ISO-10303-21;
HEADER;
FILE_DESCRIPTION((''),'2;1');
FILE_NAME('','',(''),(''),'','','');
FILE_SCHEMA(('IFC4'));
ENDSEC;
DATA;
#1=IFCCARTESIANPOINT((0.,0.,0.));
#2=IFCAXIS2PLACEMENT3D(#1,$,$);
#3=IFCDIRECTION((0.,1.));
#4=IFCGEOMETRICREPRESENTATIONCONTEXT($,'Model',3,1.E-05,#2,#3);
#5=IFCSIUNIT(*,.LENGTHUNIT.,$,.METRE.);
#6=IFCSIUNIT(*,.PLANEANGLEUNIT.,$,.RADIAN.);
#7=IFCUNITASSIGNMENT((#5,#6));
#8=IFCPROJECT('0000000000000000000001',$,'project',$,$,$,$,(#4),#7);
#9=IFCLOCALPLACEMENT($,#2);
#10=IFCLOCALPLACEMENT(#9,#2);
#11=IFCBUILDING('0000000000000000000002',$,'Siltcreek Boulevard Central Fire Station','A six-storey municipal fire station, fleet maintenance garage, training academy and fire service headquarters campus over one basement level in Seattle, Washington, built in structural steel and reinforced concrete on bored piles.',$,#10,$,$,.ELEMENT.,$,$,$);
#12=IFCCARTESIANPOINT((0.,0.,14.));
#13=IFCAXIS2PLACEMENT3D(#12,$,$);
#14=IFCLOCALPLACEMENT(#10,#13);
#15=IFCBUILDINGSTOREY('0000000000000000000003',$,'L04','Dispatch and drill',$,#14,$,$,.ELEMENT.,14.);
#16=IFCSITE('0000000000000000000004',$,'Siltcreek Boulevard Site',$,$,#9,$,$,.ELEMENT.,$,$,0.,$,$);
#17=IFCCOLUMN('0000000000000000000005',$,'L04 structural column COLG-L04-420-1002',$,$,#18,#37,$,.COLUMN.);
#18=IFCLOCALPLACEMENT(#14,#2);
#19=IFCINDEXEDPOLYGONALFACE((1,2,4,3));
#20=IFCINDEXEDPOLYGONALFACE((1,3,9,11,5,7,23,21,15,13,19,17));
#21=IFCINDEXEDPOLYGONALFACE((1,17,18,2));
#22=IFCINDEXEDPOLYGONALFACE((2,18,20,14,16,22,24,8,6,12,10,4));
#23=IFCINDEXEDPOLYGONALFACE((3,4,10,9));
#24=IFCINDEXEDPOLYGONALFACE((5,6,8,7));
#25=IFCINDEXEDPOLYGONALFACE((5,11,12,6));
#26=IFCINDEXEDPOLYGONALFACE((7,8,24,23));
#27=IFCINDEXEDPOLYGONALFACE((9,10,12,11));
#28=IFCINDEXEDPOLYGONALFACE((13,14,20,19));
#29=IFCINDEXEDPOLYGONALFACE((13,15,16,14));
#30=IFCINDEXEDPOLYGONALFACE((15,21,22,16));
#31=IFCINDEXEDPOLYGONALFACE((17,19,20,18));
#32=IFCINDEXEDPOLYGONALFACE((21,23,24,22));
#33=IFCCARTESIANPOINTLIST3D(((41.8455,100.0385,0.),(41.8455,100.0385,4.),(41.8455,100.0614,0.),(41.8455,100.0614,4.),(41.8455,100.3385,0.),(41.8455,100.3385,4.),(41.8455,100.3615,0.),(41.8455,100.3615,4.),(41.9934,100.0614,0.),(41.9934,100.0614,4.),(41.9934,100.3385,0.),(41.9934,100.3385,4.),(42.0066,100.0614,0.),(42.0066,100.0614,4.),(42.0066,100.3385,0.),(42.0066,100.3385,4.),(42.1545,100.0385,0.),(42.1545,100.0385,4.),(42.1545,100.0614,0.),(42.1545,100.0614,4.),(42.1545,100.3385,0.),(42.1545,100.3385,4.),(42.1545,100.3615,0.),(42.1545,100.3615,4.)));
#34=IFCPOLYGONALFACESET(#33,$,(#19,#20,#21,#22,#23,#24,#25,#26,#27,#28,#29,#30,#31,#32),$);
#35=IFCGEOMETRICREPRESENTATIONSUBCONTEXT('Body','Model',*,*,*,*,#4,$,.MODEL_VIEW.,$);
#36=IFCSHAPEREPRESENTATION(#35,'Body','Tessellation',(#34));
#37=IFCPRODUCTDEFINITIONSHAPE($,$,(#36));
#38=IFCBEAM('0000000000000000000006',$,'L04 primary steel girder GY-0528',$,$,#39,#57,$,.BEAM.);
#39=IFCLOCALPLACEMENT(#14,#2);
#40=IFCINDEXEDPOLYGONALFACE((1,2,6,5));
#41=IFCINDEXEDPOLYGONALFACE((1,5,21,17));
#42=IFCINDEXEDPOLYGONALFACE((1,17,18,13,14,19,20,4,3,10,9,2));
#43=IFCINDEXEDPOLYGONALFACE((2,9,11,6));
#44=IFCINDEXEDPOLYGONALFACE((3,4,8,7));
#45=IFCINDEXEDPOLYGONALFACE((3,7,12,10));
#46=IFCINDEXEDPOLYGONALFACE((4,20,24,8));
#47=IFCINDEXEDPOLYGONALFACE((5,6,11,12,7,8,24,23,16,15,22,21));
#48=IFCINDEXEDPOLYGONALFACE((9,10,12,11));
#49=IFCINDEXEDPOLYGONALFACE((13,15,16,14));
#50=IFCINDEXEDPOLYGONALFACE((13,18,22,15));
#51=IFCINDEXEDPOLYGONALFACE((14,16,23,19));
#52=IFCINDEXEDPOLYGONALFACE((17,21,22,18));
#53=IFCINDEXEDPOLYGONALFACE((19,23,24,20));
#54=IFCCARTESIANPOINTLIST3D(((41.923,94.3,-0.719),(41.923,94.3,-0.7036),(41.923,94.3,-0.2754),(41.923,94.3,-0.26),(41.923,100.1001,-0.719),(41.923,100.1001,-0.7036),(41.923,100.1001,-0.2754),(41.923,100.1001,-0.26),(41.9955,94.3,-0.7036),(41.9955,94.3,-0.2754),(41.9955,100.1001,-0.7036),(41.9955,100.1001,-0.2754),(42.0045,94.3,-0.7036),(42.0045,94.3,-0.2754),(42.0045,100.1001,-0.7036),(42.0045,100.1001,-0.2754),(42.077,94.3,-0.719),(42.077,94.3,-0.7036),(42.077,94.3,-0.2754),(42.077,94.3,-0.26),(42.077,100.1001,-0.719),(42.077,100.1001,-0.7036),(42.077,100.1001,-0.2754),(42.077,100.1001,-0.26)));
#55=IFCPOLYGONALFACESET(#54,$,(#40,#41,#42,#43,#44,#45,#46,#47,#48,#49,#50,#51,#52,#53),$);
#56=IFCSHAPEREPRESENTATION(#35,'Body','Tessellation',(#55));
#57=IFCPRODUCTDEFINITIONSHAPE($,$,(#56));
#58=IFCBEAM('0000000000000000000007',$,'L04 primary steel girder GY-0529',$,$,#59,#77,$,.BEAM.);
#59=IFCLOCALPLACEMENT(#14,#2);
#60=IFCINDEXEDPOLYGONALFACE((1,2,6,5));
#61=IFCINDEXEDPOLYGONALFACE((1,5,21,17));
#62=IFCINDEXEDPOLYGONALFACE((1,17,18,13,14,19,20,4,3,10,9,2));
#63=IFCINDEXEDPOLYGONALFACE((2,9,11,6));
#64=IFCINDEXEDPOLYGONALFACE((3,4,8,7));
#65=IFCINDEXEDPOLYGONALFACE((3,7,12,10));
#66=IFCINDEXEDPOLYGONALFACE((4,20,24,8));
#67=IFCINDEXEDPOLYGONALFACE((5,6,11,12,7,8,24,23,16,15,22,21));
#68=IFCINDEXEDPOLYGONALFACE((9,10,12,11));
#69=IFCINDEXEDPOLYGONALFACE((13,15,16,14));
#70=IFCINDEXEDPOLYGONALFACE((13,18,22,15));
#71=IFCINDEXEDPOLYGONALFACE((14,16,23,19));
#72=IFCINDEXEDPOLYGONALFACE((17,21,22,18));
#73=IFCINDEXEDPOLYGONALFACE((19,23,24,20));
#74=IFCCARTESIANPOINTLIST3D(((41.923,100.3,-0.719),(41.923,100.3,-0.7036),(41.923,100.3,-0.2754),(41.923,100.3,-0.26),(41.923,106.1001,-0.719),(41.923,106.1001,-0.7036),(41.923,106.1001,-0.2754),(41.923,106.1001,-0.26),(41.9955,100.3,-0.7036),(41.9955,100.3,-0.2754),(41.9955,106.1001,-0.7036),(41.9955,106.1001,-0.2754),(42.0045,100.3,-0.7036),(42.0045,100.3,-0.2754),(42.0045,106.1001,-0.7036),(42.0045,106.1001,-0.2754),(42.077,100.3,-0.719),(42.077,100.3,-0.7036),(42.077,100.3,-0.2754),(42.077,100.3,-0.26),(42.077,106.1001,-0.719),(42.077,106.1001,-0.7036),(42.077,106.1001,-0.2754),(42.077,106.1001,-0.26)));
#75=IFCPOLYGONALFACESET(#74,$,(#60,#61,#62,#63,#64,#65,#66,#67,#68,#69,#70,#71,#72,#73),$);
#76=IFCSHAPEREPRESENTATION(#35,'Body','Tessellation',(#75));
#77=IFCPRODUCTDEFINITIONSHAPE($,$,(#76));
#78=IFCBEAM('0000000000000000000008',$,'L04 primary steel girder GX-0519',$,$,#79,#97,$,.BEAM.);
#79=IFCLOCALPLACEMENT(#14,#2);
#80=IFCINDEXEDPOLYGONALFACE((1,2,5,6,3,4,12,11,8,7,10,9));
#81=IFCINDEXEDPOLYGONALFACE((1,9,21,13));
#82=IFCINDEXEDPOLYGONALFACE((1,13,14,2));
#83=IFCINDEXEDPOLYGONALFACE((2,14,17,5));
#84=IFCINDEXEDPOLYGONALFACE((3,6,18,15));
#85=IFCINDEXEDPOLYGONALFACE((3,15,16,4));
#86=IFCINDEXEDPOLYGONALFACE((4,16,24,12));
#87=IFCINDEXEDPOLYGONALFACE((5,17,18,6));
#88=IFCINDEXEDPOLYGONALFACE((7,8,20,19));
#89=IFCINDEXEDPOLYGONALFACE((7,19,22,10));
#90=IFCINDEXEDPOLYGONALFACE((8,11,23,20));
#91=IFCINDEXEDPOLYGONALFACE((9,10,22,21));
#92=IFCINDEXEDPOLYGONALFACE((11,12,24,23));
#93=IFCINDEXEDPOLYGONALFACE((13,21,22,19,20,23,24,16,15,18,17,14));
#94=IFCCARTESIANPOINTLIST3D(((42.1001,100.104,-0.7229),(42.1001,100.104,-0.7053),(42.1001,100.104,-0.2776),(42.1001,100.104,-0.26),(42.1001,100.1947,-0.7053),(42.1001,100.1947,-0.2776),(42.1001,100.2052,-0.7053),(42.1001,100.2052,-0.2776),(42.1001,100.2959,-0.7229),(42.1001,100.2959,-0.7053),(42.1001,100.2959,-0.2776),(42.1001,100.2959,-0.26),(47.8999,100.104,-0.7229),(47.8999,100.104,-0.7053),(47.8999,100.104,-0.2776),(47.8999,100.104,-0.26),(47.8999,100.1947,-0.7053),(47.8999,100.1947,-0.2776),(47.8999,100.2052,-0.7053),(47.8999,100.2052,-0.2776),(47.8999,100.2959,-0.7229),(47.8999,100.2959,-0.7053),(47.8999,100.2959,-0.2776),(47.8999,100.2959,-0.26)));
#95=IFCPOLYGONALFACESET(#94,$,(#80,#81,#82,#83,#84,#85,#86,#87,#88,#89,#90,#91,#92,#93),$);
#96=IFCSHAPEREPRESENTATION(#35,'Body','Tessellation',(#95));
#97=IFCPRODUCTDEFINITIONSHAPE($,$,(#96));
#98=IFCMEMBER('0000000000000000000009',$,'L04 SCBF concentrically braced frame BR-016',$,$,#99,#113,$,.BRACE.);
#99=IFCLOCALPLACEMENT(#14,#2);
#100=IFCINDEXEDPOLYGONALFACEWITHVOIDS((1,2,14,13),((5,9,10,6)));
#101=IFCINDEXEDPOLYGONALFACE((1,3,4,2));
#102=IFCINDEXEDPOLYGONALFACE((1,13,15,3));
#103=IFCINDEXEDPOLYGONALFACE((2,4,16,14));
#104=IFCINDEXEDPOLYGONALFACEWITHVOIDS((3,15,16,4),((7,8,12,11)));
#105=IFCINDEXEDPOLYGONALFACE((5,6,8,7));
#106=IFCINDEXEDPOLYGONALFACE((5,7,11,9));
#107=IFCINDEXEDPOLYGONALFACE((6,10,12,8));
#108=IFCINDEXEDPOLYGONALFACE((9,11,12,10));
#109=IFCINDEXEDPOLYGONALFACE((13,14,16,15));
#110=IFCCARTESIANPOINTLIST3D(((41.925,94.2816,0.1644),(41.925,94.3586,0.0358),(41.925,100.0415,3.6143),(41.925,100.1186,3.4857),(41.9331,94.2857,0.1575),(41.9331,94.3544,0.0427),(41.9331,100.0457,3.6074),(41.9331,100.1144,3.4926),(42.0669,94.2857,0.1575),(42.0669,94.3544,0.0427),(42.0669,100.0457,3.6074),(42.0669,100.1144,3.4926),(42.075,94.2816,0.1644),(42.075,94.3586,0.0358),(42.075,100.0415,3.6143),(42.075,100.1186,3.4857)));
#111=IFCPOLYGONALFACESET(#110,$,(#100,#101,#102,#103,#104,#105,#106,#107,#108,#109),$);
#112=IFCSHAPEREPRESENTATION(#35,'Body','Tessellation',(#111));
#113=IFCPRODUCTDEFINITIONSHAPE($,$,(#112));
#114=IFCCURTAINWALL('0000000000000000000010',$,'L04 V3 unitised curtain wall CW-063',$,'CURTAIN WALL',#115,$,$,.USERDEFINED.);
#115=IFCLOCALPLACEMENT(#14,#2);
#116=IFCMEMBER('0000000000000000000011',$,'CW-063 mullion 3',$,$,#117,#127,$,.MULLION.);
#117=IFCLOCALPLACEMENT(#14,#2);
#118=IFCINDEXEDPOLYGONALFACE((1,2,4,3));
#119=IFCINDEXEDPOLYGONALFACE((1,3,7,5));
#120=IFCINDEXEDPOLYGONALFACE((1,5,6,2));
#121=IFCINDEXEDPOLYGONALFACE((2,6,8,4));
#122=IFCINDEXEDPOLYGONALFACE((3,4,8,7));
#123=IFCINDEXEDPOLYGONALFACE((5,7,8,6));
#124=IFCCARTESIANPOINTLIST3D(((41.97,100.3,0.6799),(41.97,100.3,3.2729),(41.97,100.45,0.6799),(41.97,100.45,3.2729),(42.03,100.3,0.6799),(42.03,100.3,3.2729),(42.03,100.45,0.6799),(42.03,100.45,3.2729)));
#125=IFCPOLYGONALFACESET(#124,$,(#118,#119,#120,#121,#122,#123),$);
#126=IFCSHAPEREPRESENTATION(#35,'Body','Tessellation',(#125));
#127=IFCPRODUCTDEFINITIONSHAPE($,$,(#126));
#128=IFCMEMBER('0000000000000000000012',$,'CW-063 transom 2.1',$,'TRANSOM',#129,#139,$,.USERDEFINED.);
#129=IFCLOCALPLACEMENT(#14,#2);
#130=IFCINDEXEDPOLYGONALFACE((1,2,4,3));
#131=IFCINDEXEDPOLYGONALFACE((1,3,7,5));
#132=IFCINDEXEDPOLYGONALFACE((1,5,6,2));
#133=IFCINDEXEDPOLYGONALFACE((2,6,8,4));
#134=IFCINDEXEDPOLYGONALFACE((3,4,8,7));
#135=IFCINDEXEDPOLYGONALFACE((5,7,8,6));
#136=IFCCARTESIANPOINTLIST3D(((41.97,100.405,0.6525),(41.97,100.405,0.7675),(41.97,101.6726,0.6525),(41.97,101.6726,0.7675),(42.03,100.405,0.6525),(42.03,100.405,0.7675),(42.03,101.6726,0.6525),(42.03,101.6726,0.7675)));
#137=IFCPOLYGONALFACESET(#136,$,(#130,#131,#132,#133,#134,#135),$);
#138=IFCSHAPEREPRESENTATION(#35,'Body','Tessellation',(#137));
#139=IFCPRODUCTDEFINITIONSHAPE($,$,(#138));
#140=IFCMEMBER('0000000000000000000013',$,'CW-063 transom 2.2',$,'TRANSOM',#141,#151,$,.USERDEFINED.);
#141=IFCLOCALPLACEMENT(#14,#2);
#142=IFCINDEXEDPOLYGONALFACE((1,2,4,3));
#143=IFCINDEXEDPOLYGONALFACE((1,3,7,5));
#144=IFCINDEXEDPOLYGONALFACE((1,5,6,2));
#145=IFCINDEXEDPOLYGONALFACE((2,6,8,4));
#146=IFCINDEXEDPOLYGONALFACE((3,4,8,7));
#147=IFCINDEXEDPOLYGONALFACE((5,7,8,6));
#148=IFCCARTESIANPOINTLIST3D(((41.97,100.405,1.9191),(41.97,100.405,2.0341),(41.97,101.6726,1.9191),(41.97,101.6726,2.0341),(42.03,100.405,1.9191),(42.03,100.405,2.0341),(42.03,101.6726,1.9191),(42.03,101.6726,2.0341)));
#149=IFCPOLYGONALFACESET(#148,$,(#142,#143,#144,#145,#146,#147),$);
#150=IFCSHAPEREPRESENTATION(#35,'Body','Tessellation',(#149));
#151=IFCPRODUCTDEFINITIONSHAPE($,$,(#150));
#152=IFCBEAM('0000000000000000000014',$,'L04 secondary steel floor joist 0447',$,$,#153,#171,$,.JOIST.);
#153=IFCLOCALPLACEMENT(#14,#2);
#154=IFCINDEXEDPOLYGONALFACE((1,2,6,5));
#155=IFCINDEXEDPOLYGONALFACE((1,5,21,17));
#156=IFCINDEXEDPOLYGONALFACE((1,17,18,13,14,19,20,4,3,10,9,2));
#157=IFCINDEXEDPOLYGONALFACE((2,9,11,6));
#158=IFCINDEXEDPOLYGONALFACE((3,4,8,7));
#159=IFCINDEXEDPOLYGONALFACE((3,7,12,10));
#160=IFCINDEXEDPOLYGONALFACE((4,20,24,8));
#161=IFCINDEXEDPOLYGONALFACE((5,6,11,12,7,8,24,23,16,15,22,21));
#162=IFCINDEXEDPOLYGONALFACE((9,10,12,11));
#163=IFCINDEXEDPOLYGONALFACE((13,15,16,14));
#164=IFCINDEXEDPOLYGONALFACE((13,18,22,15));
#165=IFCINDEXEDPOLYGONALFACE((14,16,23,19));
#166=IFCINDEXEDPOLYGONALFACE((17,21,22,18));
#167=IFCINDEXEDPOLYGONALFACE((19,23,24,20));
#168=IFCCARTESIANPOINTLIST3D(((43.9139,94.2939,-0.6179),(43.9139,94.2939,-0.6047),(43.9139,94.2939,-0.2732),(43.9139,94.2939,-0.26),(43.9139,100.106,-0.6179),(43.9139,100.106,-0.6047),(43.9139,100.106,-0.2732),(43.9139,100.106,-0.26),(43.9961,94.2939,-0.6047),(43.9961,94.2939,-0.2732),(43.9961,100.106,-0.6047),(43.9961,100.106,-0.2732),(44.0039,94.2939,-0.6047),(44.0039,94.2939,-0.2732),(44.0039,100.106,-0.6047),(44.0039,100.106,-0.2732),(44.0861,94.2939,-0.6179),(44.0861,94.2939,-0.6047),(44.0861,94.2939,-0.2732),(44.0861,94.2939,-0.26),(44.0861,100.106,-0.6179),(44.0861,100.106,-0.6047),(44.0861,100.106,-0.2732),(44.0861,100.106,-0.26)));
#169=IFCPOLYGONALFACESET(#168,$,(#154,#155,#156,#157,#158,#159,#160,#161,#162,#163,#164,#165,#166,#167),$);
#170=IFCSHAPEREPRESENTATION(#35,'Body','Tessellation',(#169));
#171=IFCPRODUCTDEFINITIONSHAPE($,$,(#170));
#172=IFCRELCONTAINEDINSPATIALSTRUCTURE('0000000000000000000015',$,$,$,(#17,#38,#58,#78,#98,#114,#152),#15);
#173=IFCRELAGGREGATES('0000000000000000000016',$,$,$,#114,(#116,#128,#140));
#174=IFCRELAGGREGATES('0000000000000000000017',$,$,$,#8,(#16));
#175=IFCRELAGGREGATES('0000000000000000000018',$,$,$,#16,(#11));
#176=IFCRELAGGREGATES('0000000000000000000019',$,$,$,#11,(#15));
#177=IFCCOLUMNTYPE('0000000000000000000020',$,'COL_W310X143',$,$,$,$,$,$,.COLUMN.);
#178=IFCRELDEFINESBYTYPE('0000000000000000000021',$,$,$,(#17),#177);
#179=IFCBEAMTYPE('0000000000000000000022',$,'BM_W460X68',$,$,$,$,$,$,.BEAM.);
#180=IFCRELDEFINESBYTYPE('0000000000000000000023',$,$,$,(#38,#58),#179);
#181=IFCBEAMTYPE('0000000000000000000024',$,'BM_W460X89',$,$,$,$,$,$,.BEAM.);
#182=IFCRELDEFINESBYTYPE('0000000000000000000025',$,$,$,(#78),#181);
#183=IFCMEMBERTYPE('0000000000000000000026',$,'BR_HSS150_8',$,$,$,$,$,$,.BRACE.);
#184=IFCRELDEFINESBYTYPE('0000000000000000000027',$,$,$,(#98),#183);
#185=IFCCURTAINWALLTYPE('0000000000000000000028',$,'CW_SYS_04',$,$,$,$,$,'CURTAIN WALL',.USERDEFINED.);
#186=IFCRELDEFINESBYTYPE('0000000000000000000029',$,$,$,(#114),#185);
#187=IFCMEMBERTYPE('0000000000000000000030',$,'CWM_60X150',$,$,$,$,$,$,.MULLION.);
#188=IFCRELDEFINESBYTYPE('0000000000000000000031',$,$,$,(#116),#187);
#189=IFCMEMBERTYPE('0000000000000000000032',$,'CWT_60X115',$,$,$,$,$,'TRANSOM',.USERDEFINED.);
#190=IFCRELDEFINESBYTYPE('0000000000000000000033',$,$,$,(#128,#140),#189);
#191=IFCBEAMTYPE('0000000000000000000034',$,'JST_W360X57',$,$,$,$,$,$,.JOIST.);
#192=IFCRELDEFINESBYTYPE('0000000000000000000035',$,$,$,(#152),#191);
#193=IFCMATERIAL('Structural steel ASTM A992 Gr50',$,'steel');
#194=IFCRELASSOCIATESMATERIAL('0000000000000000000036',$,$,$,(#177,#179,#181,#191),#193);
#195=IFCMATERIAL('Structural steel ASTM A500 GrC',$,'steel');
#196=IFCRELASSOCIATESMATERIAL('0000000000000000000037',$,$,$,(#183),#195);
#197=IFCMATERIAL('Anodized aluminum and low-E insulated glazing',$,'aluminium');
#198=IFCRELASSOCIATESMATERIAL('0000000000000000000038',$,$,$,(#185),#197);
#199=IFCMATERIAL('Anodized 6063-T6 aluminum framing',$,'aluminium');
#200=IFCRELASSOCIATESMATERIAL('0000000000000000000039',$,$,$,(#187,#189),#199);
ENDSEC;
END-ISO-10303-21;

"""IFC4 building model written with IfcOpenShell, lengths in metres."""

from ifc_helpers import new_model, si_unit, direction, frame, origin, origin_2d, place, context, subcontext, project, spatial, rectangle, hollow_rectangle, i_section, extrude, material, material_profile, profile_set, type_object, element, aggregate, save


model = new_model("IFC4")

# Units and contexts
model_context = context("Model", 3, precision=1e-05, world=origin(), true_north=direction((0.0, 1.0)))
body_context = subcontext(model_context, "Body", "Model", "MODEL_VIEW")
ifc_project = project(units=[si_unit("LENGTHUNIT", "METRE"), si_unit("PLANEANGLEUNIT", "RADIAN")], contexts=[model_context])

# Site, building, storey
site_placement = place(None, origin())
site = spatial("IfcSite", under=ifc_project, at=site_placement, Name="Siltcreek Boulevard Site", CompositionType="ELEMENT", RefElevation=0.0)
building_placement = place(site_placement, origin())
building = spatial("IfcBuilding", under=site, at=building_placement, Name="Siltcreek Boulevard Central Fire Station", Description="A six-storey municipal fire station, fleet maintenance garage, training academy and fire service headquarters campus over one basement level in Seattle, Washington, built in structural steel and reinforced concrete on bored piles.", CompositionType="ELEMENT")
storey_placement = place(building_placement, frame((0.0, 0.0, 14.0)))
storey = spatial("IfcBuildingStorey", under=building, at=storey_placement, Name="L04", Description="Dispatch and drill", CompositionType="ELEMENT", Elevation=14.0)

# Column
ifc_material_1 = material(Name="Structural steel ASTM A992 Gr50", Category="steel")
ifc_material_profile_1 = material_profile(ifc_material_1, i_section(OverallWidth=0.3091, OverallDepth=0.323, WebThickness=0.0132, FlangeThickness=0.0229, at=origin_2d()), Name="W310X143")
ifc_profile_set_1 = profile_set([ifc_material_profile_1], Name="Structural steel ASTM A992 Gr50")
column_type = type_object("IfcColumnType", Name="COL_W310X143", PredefinedType="COLUMN", material=ifc_profile_set_1)
column_placement = place(storey_placement, frame((42.0, 100.2, 0.0), z_axis=(0.0, 0.0, 1.0), x_axis=(1.0, 0.0, 0.0)))
element("IfcColumn", 1, at=column_placement, inside=storey, type_object=column_type, Name="L04 structural column COLG-L04-420-1002", PredefinedType="COLUMN", context=body_context, shape_type="SweptSolid", body=[
    extrude(i_section(OverallWidth=0.3091, OverallDepth=0.323, WebThickness=0.0132, FlangeThickness=0.0229, at=origin_2d()), origin(), (0.0, 0.0, 1.0), 4.0),
])

# Beams
ifc_material_profile_2 = material_profile(ifc_material_1, i_section(OverallWidth=0.1541, OverallDepth=0.459, WebThickness=0.009, FlangeThickness=0.0154, at=origin_2d()), Name="W460X68")
ifc_profile_set_2 = profile_set([ifc_material_profile_2], Name="Structural steel ASTM A992 Gr50")
beam_type_1 = type_object("IfcBeamType", Name="BM_W460X68", PredefinedType="BEAM", material=ifc_profile_set_2)
for number, where, z_axis, x_axis, name in (
    (2, (42.0, 94.3, -0.4895), (0.0, 1.0, 0.0), (-1.0, 0.0, 0.0), "L04 primary steel girder GY-0528"),
    (3, (42.0, 100.3, -0.4895), (0.0, 1.0, 0.0), (-1.0, 0.0, 0.0), "L04 primary steel girder GY-0529"),
):
    element("IfcBeam", number, at=place(storey_placement, frame(where, z_axis=z_axis, x_axis=x_axis)), inside=storey, type_object=beam_type_1, Name=name, PredefinedType="BEAM", context=body_context, shape_type="SweptSolid", body=[
        extrude(i_section(OverallWidth=0.1541, OverallDepth=0.459, WebThickness=0.009, FlangeThickness=0.0154, at=origin_2d()), origin(), (0.0, 0.0, 1.0), 5.8),
    ])
ifc_material_profile_3 = material_profile(ifc_material_1, i_section(OverallWidth=0.1919, OverallDepth=0.4629, WebThickness=0.0105, FlangeThickness=0.0176, at=origin_2d()), Name="W460X89")
ifc_profile_set_3 = profile_set([ifc_material_profile_3], Name="Structural steel ASTM A992 Gr50")
beam_type_2 = type_object("IfcBeamType", Name="BM_W460X89", PredefinedType="BEAM", material=ifc_profile_set_3)
beam_1_placement = place(storey_placement, frame((42.1001, 100.2, -0.4915), z_axis=(1.0, 0.0, 0.0), x_axis=(0.0, 1.0, 0.0)))
element("IfcBeam", 4, at=beam_1_placement, inside=storey, type_object=beam_type_2, Name="L04 primary steel girder GX-0519", PredefinedType="BEAM", context=body_context, shape_type="SweptSolid", body=[
    extrude(i_section(OverallWidth=0.1919, OverallDepth=0.4629, WebThickness=0.0105, FlangeThickness=0.0176, at=origin_2d()), origin(), (0.0, 0.0, 1.0), 5.7998),
])

# Member
ifc_material_2 = material(Name="Structural steel ASTM A500 GrC", Category="steel")
ifc_material_profile_4 = material_profile(ifc_material_2, hollow_rectangle(XDim=0.1499, YDim=0.1499, WallThickness=0.0081, at=origin_2d()), Name="HSS150X150X8.0")
ifc_profile_set_4 = profile_set([ifc_material_profile_4], Name="Structural steel ASTM A500 GrC")
member_type_1 = type_object("IfcMemberType", Name="BR_HSS150_8", PredefinedType="BRACE", material=ifc_profile_set_4)
member_1_placement = place(storey_placement, frame((42.0, 94.3201, 0.1001), z_axis=(0.0, 0.857891, 0.513833), x_axis=(-1.0, 0.0, 0.0)))
element("IfcMember", 5, at=member_1_placement, inside=storey, type_object=member_type_1, Name="L04 SCBF concentrically braced frame BR-016", PredefinedType="BRACE", context=body_context, shape_type="SweptSolid", body=[
    extrude(hollow_rectangle(XDim=0.1499, YDim=0.1499, WallThickness=0.0081, at=origin_2d()), origin(), (0.0, 0.0, 1.0), 6.7141),
])

# Curtain wall, members
ifc_material_3 = material(Name="Anodized aluminum and low-E insulated glazing", Category="aluminium")
curtain_wall_type = type_object("IfcCurtainWallType", Name="CW_SYS_04", ElementType="CURTAIN WALL", PredefinedType="USERDEFINED", material=ifc_material_3)
curtain_wall_placement = place(storey_placement, origin())
curtain_wall = element("IfcCurtainWall", 6, at=curtain_wall_placement, inside=storey, type_object=curtain_wall_type, Name="L04 V3 unitised curtain wall CW-063", ObjectType="CURTAIN WALL", PredefinedType="USERDEFINED")
ifc_material_4 = material(Name="Anodized 6063-T6 aluminum framing", Category="aluminium")
ifc_material_profile_5 = material_profile(ifc_material_4, rectangle(XDim=0.0601, YDim=0.1499, at=origin_2d()), Name="MULL60X150")
ifc_profile_set_5 = profile_set([ifc_material_profile_5], Name="Anodized 6063-T6 aluminum framing")
member_type_2 = type_object("IfcMemberType", Name="CWM_60X150", PredefinedType="MULLION", material=ifc_profile_set_5)
member_2_placement = place(storey_placement, frame((42.0, 100.375, 0.6799), z_axis=(0.0, 0.0, 1.0), x_axis=(1.0, 0.0, 0.0)))
member_2 = element("IfcMember", 7, at=member_2_placement, type_object=member_type_2, Name="CW-063 mullion 3", PredefinedType="MULLION", context=body_context, shape_type="SweptSolid", body=[
    extrude(rectangle(XDim=0.0601, YDim=0.1499, at=origin_2d()), origin(), (0.0, 0.0, 1.0), 2.593),
])
ifc_material_profile_6 = material_profile(ifc_material_4, rectangle(XDim=0.0601, YDim=0.115, at=origin_2d()), Name="TRAN60X115")
ifc_profile_set_6 = profile_set([ifc_material_profile_6], Name="Anodized 6063-T6 aluminum framing")
member_type_3 = type_object("IfcMemberType", Name="CWT_60X115", ElementType="TRANSOM", PredefinedType="USERDEFINED", material=ifc_profile_set_6)
member_3_placement = place(storey_placement, frame((42.0, 101.6726, 0.71), z_axis=(0.0, -1.0, 0.0), x_axis=(1.0, 0.0, 0.0)))
member_3 = element("IfcMember", 8, at=member_3_placement, type_object=member_type_3, Name="CW-063 transom 2.1", ObjectType="TRANSOM", PredefinedType="USERDEFINED", context=body_context, shape_type="SweptSolid", body=[
    extrude(rectangle(XDim=0.0601, YDim=0.115, at=origin_2d()), origin(), (0.0, 0.0, 1.0), 1.2676),
])
member_4_placement = place(storey_placement, frame((42.0, 101.6726, 1.9766), z_axis=(0.0, -1.0, 0.0), x_axis=(1.0, 0.0, 0.0)))
member_4 = element("IfcMember", 9, at=member_4_placement, type_object=member_type_3, Name="CW-063 transom 2.2", ObjectType="TRANSOM", PredefinedType="USERDEFINED", context=body_context, shape_type="SweptSolid", body=[
    extrude(rectangle(XDim=0.0601, YDim=0.115, at=origin_2d()), origin(), (0.0, 0.0, 1.0), 1.2676),
])

# Beam
ifc_material_profile_7 = material_profile(ifc_material_1, i_section(OverallWidth=0.1721, OverallDepth=0.3579, WebThickness=0.0078, FlangeThickness=0.0132, at=origin_2d()), Name="W360X57")
ifc_profile_set_7 = profile_set([ifc_material_profile_7], Name="Structural steel ASTM A992 Gr50")
beam_type_3 = type_object("IfcBeamType", Name="JST_W360X57", PredefinedType="JOIST", material=ifc_profile_set_7)
for number, where, z_axis, x_axis, name in (
    (10, (44.0, 94.2939, -0.439), (0.0, 1.0, 0.0), (-1.0, 0.0, 0.0), "L04 secondary steel floor joist 0447"),
):
    element("IfcBeam", number, at=place(storey_placement, frame(where, z_axis=z_axis, x_axis=x_axis)), inside=storey, type_object=beam_type_3, Name=name, PredefinedType="JOIST", context=body_context, shape_type="SweptSolid", body=[
        extrude(i_section(OverallWidth=0.1721, OverallDepth=0.3579, WebThickness=0.0078, FlangeThickness=0.0132, at=origin_2d()), origin(), (0.0, 0.0, 1.0), 5.812),
    ])

aggregate(curtain_wall, [member_2, member_3, member_4])

save(model, "model.ifc")
